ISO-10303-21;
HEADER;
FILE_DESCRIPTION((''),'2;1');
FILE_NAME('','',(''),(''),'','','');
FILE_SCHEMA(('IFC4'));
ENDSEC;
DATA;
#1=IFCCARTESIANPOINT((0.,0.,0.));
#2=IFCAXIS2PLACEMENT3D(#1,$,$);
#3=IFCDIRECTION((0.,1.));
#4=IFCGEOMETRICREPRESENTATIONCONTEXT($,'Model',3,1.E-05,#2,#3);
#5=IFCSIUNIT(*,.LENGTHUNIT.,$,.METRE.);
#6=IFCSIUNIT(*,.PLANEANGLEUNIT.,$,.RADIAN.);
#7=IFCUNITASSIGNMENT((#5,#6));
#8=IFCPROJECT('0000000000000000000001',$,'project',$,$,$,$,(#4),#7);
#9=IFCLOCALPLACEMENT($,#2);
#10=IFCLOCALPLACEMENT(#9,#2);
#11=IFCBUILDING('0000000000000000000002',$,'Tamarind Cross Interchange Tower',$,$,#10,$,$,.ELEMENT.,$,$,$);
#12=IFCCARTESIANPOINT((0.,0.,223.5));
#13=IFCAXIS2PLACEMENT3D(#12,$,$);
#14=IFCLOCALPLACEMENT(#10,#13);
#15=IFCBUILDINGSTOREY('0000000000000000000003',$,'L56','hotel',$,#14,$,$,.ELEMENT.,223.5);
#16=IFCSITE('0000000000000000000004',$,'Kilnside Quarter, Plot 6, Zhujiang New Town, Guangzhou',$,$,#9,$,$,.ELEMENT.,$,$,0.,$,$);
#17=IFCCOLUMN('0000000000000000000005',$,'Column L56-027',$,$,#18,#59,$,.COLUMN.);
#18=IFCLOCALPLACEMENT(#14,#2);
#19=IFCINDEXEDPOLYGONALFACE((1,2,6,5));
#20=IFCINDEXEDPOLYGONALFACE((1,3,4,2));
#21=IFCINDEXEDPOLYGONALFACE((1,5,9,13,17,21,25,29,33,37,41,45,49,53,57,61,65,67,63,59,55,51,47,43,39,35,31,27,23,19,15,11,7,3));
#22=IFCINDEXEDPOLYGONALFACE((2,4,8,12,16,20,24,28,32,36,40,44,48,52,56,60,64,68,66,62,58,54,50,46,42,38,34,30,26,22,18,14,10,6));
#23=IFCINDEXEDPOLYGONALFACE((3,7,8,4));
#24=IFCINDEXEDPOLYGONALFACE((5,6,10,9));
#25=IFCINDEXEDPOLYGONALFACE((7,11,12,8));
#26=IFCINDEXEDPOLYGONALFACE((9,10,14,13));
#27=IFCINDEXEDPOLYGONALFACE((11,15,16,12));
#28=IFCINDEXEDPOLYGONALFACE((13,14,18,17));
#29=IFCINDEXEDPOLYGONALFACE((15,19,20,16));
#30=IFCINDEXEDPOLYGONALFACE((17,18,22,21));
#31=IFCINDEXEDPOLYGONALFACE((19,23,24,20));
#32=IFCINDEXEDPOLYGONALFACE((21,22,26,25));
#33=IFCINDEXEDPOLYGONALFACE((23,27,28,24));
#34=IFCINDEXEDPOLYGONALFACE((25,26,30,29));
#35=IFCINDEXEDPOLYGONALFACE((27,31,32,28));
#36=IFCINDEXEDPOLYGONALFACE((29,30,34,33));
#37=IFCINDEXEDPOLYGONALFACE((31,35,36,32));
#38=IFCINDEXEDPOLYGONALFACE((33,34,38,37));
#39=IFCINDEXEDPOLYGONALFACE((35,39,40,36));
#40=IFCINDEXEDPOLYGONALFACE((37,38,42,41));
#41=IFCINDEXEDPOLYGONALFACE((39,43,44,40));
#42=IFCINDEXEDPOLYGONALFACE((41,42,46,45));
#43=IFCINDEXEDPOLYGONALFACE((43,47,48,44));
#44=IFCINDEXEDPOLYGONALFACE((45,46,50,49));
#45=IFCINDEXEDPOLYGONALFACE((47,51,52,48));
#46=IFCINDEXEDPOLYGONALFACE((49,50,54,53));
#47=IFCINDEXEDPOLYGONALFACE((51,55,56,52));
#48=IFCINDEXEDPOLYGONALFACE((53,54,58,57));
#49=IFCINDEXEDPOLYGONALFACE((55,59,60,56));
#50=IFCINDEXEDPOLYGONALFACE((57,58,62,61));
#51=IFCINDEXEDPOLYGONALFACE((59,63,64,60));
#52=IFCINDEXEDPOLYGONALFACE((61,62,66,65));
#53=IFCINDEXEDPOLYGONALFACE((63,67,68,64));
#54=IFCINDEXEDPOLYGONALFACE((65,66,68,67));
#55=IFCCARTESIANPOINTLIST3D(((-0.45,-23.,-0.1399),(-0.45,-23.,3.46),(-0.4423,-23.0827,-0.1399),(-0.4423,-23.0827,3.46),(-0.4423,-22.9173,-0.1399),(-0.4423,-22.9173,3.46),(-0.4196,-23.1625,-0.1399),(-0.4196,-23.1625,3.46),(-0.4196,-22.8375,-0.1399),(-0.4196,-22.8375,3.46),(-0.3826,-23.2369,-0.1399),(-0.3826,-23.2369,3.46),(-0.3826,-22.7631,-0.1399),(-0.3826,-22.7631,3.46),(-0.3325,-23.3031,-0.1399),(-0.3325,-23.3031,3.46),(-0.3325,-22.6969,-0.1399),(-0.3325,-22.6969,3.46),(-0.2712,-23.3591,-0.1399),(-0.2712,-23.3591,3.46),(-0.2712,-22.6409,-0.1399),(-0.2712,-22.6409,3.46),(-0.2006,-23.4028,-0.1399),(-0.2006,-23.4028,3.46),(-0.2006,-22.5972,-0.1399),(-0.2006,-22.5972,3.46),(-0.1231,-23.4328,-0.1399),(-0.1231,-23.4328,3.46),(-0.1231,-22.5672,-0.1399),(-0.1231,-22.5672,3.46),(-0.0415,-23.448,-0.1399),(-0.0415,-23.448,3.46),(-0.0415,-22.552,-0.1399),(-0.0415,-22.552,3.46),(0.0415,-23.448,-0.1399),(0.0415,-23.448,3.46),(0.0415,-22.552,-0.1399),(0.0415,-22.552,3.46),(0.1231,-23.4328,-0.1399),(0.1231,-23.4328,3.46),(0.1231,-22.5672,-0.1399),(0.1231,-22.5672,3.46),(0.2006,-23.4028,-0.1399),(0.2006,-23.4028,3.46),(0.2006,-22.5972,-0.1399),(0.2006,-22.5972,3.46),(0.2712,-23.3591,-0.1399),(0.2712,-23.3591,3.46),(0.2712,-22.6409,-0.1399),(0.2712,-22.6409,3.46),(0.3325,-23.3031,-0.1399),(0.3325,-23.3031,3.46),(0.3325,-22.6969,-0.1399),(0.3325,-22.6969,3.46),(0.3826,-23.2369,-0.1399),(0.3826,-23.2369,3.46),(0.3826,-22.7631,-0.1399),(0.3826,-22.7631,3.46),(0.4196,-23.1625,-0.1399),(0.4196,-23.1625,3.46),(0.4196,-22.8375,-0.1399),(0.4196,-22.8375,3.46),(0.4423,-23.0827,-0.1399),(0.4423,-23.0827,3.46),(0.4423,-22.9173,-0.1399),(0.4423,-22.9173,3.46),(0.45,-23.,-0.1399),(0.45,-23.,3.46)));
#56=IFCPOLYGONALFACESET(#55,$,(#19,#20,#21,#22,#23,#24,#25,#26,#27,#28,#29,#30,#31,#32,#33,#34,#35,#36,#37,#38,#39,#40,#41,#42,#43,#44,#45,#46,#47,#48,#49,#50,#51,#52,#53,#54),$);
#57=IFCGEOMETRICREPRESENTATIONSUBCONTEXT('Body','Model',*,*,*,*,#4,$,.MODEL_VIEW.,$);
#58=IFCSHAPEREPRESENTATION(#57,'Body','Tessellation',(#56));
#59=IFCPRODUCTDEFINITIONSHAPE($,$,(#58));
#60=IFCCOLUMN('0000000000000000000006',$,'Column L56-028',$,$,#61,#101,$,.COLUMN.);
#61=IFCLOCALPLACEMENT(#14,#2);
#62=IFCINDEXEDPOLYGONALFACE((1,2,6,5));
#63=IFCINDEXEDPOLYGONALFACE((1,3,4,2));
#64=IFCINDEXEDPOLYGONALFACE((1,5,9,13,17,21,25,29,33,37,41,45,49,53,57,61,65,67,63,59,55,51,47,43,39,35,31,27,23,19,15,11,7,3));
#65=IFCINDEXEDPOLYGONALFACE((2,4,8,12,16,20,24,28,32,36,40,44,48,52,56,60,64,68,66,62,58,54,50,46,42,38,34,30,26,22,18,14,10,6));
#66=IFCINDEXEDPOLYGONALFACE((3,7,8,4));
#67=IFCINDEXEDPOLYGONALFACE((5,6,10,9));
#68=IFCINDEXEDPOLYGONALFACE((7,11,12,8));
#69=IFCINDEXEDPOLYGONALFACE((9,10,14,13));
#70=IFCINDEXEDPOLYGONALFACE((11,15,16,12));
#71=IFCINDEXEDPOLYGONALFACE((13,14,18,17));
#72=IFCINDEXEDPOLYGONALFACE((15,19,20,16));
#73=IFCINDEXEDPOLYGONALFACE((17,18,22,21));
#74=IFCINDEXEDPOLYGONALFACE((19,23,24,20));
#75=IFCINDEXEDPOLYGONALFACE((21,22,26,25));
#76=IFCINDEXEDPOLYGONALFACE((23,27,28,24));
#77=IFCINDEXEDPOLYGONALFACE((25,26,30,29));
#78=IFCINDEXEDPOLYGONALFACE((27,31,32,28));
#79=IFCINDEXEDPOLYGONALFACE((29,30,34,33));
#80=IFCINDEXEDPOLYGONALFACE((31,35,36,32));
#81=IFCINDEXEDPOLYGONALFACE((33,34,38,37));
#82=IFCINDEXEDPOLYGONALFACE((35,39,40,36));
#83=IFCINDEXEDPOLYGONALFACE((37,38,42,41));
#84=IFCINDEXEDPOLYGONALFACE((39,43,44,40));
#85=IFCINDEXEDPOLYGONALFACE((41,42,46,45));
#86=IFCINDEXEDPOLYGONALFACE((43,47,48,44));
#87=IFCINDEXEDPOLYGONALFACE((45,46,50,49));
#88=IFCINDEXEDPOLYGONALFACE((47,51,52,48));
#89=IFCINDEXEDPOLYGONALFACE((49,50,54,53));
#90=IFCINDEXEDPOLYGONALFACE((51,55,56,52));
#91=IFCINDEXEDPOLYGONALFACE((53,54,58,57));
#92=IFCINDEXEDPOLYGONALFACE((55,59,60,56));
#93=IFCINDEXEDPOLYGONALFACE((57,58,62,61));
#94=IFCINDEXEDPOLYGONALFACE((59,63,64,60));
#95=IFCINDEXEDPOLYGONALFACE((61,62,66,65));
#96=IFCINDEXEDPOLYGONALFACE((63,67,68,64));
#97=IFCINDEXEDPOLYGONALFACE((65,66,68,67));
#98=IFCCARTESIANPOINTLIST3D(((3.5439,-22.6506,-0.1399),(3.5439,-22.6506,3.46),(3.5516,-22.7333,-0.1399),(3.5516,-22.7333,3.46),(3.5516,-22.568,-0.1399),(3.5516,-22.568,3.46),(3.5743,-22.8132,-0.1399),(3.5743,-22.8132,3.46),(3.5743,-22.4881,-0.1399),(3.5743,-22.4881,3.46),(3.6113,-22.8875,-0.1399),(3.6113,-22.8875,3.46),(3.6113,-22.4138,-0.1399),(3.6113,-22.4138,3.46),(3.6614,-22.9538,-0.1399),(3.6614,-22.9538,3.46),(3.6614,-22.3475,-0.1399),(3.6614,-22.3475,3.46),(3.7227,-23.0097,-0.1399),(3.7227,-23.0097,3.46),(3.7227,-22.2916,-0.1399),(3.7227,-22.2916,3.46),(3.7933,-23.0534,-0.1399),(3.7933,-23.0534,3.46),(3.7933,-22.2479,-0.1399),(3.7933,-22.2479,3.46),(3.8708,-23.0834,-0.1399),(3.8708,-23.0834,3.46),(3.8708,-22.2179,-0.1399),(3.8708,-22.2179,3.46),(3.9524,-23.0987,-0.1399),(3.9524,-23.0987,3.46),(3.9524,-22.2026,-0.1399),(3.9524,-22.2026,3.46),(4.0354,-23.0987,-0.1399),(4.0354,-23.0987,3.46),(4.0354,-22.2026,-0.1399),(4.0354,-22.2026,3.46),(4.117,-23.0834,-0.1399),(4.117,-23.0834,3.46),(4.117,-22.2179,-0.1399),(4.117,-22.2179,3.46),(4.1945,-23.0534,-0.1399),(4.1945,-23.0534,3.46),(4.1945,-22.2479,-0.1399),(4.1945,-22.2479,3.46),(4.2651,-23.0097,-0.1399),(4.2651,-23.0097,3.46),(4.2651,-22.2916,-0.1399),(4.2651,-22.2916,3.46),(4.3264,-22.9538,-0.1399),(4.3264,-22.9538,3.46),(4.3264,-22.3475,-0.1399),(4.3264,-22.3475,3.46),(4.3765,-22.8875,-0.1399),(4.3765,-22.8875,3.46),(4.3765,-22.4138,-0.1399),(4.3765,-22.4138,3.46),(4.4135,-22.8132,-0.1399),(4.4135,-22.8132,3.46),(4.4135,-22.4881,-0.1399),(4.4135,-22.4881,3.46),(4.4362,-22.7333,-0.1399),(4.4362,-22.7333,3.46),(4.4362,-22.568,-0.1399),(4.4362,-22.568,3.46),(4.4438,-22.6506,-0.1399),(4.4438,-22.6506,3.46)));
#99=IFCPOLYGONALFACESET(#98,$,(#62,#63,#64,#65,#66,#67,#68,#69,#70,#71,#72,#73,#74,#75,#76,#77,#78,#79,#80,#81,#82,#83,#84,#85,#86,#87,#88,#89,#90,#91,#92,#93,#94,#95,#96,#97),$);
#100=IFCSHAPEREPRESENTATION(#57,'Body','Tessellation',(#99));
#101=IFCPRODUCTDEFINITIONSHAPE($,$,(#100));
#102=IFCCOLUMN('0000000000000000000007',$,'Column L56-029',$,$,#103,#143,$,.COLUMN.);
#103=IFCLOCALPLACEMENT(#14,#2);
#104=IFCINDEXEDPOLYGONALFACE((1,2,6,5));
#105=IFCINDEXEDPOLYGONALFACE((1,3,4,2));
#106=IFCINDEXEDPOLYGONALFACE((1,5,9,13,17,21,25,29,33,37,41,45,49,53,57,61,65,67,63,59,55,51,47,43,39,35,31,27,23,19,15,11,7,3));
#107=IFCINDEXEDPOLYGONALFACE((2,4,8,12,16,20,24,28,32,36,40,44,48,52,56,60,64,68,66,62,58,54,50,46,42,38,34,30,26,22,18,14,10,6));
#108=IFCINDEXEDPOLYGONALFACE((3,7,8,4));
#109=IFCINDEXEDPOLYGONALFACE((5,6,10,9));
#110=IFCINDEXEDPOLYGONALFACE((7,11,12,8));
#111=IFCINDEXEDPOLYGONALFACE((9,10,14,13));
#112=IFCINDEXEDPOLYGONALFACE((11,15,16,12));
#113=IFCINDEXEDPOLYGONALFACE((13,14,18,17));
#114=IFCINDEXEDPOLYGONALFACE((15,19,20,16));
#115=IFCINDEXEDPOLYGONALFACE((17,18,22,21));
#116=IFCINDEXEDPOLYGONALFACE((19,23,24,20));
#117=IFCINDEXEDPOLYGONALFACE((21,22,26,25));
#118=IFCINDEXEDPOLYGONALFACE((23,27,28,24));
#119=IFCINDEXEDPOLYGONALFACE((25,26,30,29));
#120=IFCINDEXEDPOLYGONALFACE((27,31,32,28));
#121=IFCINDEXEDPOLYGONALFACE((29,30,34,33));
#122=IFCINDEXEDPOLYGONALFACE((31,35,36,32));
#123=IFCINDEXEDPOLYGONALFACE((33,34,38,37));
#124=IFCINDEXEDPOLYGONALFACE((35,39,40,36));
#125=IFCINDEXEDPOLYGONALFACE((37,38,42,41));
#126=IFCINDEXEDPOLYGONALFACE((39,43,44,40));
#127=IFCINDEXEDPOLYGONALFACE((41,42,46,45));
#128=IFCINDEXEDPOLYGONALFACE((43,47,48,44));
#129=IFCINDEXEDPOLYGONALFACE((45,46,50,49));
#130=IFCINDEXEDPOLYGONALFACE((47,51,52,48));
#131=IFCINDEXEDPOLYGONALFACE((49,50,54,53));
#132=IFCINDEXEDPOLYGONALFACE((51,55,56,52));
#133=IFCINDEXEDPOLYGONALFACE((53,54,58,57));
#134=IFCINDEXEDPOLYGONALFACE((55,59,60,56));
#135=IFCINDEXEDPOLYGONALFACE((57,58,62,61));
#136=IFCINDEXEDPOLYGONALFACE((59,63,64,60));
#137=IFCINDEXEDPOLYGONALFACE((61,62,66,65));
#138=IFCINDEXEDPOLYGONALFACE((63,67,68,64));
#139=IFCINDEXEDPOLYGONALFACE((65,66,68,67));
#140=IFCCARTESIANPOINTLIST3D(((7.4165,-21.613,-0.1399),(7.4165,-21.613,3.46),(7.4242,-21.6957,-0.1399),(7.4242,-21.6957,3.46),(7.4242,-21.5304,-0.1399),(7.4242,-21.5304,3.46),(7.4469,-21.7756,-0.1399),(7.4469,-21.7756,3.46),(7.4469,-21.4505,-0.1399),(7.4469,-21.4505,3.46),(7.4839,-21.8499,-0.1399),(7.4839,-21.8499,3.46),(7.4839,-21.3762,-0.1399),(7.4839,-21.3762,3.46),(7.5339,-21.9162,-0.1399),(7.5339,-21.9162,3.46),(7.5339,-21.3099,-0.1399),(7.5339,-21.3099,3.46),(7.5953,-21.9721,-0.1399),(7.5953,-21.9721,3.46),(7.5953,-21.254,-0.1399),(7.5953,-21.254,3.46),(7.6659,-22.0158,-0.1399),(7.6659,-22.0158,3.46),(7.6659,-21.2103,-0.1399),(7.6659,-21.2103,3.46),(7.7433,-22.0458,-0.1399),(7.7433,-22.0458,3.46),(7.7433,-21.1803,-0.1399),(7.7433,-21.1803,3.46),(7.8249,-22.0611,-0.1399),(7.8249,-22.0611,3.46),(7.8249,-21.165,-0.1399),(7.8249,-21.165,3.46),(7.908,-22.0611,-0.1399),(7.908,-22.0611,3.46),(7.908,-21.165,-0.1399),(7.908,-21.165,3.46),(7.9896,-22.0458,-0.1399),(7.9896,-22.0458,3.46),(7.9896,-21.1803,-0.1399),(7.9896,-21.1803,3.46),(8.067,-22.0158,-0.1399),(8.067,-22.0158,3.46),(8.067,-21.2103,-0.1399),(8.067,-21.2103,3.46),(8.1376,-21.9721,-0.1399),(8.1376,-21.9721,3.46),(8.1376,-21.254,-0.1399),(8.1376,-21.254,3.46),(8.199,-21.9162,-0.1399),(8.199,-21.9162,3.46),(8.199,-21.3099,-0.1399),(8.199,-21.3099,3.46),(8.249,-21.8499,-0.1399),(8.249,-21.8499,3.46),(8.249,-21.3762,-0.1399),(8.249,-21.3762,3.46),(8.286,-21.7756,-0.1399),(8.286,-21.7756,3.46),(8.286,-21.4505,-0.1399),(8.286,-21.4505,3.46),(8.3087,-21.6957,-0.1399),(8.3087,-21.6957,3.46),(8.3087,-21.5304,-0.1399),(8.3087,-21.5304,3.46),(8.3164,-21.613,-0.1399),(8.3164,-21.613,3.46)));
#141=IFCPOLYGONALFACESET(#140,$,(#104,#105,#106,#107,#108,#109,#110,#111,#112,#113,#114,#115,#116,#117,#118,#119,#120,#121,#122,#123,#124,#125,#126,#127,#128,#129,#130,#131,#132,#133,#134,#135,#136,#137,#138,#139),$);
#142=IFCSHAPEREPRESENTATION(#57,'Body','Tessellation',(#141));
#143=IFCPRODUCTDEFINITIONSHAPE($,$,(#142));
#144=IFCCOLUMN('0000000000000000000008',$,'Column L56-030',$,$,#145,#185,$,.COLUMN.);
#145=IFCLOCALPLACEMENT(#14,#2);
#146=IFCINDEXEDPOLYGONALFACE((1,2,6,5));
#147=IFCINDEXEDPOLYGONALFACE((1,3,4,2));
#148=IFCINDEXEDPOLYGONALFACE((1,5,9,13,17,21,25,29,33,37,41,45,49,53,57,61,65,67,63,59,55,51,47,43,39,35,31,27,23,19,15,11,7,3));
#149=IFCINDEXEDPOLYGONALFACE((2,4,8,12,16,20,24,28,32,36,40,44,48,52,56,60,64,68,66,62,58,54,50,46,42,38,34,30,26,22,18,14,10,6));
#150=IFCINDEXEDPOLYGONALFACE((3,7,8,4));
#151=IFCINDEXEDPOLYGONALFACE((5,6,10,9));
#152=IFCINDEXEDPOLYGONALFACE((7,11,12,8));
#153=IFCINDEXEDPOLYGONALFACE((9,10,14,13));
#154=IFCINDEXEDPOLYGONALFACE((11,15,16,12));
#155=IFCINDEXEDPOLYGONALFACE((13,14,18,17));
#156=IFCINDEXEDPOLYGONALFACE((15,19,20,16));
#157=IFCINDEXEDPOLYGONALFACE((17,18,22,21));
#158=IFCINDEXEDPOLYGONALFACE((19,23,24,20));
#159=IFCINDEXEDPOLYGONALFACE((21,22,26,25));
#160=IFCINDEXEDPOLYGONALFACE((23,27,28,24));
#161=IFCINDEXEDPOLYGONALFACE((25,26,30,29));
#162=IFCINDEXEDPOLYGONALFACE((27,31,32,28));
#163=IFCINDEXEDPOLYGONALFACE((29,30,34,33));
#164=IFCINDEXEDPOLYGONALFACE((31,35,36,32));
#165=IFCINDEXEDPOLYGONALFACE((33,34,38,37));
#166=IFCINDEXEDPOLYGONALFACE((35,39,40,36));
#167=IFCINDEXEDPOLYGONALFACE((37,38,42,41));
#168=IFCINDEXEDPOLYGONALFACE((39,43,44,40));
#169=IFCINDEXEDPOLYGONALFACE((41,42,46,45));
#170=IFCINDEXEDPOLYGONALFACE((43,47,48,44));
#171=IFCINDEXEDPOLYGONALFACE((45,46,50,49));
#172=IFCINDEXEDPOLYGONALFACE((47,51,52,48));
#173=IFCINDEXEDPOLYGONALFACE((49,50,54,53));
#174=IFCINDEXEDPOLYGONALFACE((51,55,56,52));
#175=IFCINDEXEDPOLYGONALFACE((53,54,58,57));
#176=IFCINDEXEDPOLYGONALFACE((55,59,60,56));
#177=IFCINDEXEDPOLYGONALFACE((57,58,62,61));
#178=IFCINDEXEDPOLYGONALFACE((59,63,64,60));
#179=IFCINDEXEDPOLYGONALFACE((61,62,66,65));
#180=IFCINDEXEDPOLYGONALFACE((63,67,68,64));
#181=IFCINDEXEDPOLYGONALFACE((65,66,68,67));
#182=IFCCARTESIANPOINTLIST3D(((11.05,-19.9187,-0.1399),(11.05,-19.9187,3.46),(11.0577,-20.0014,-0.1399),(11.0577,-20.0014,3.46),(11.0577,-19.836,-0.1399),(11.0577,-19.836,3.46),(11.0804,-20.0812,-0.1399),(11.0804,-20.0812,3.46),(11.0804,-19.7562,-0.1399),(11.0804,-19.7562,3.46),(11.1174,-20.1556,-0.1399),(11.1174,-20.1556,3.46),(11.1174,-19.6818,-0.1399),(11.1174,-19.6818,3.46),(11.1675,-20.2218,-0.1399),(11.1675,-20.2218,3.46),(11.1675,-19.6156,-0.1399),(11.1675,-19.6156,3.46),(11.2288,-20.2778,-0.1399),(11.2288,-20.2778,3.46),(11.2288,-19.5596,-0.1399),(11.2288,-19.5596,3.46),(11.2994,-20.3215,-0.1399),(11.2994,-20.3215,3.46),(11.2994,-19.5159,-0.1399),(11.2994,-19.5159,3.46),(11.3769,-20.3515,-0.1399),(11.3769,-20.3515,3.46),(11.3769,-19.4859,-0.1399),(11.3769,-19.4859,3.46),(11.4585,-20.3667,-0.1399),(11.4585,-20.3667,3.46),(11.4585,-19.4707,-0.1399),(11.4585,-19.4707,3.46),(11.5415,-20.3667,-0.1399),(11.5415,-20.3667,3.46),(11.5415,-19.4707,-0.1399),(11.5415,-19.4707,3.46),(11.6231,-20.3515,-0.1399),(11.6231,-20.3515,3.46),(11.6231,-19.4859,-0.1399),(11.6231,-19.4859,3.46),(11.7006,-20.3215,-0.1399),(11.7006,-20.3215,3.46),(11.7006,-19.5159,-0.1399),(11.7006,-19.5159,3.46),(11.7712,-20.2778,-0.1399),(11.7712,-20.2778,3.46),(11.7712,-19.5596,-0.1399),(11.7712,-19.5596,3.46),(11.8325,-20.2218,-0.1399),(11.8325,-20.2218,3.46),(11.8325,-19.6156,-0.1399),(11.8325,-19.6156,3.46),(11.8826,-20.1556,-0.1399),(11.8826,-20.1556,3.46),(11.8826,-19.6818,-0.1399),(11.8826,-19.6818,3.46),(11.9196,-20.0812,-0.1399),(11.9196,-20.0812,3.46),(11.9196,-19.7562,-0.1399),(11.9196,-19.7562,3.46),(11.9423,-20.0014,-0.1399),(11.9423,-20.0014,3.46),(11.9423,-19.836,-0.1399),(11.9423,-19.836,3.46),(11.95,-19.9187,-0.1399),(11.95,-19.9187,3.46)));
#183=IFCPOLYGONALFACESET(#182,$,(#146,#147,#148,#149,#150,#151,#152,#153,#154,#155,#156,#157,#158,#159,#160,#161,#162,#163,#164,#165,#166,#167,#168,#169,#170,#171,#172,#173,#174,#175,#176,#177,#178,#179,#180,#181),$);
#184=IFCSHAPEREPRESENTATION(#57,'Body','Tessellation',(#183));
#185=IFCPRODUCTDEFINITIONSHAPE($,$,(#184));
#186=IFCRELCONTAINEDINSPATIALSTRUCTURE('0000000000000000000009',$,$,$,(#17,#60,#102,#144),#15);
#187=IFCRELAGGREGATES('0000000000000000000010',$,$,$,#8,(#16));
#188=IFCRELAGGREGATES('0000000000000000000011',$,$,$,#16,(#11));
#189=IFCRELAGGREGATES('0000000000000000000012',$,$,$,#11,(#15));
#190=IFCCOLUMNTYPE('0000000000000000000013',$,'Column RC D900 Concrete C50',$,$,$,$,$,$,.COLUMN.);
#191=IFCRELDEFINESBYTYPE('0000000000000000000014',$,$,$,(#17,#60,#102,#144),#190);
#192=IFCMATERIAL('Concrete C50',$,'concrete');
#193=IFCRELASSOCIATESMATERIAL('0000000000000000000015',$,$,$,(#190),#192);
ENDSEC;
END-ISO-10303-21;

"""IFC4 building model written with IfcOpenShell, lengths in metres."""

from ifc_helpers import new_model, si_unit, direction, frame, origin, origin_2d, place, context, subcontext, project, spatial, circle, extrude, material, material_profile, profile_set, type_object, element, save


model = new_model("IFC4")

# Units and contexts
model_context = context("Model", 3, precision=1e-05, world=origin(), true_north=direction((0.0, 1.0)))
body_context = subcontext(model_context, "Body", "Model", "MODEL_VIEW")
ifc_project = project(units=[si_unit("LENGTHUNIT", "METRE"), si_unit("PLANEANGLEUNIT", "RADIAN")], contexts=[model_context])

# Site, building, storey
site_placement = place(None, origin())
site = spatial("IfcSite", under=ifc_project, at=site_placement, Name="Kilnside Quarter, Plot 6, Zhujiang New Town, Guangzhou", CompositionType="ELEMENT", RefElevation=0.0)
building_placement = place(site_placement, origin())
building = spatial("IfcBuilding", under=site, at=building_placement, Name="Tamarind Cross Interchange Tower", CompositionType="ELEMENT")
storey_placement = place(building_placement, frame((0.0, 0.0, 223.5)))
storey = spatial("IfcBuildingStorey", under=building, at=storey_placement, Name="L56", Description="hotel", CompositionType="ELEMENT", Elevation=223.5)

# Columns
ifc_material_1 = material(Name="Concrete C50", Category="concrete")
ifc_material_profile_1 = material_profile(ifc_material_1, circle(Radius=0.45, at=origin_2d()), Name="RC D900")
ifc_profile_set_1 = profile_set([ifc_material_profile_1], Name="Concrete C50")
column_type = type_object("IfcColumnType", Name="Column RC D900 Concrete C50", PredefinedType="COLUMN", material=ifc_profile_set_1)
for number, where, z_axis, x_axis, name in (
    (1, (0.0, -23.0, -0.1399), (0.0, 0.0, 1.0), (1.0, 0.0, 0.0), "Column L56-027"),
    (2, (3.9939, -22.6506, -0.1399), (0.0, 0.0, 1.0), (1.0, 0.0, 0.0), "Column L56-028"),
    (3, (7.8665, -21.613, -0.1399), (0.0, 0.0, 1.0), (1.0, 0.0, 0.0), "Column L56-029"),
    (4, (11.5, -19.9187, -0.1399), (0.0, 0.0, 1.0), (1.0, 0.0, 0.0), "Column L56-030"),
):
    element("IfcColumn", number, at=place(storey_placement, frame(where, z_axis=z_axis, x_axis=x_axis)), inside=storey, type_object=column_type, Name=name, PredefinedType="COLUMN", context=body_context, shape_type="SweptSolid", body=[
        extrude(circle(Radius=0.45, at=origin_2d()), origin(), (0.0, 0.0, 1.0), 3.5999),
    ])

save(model, "model.ifc")
